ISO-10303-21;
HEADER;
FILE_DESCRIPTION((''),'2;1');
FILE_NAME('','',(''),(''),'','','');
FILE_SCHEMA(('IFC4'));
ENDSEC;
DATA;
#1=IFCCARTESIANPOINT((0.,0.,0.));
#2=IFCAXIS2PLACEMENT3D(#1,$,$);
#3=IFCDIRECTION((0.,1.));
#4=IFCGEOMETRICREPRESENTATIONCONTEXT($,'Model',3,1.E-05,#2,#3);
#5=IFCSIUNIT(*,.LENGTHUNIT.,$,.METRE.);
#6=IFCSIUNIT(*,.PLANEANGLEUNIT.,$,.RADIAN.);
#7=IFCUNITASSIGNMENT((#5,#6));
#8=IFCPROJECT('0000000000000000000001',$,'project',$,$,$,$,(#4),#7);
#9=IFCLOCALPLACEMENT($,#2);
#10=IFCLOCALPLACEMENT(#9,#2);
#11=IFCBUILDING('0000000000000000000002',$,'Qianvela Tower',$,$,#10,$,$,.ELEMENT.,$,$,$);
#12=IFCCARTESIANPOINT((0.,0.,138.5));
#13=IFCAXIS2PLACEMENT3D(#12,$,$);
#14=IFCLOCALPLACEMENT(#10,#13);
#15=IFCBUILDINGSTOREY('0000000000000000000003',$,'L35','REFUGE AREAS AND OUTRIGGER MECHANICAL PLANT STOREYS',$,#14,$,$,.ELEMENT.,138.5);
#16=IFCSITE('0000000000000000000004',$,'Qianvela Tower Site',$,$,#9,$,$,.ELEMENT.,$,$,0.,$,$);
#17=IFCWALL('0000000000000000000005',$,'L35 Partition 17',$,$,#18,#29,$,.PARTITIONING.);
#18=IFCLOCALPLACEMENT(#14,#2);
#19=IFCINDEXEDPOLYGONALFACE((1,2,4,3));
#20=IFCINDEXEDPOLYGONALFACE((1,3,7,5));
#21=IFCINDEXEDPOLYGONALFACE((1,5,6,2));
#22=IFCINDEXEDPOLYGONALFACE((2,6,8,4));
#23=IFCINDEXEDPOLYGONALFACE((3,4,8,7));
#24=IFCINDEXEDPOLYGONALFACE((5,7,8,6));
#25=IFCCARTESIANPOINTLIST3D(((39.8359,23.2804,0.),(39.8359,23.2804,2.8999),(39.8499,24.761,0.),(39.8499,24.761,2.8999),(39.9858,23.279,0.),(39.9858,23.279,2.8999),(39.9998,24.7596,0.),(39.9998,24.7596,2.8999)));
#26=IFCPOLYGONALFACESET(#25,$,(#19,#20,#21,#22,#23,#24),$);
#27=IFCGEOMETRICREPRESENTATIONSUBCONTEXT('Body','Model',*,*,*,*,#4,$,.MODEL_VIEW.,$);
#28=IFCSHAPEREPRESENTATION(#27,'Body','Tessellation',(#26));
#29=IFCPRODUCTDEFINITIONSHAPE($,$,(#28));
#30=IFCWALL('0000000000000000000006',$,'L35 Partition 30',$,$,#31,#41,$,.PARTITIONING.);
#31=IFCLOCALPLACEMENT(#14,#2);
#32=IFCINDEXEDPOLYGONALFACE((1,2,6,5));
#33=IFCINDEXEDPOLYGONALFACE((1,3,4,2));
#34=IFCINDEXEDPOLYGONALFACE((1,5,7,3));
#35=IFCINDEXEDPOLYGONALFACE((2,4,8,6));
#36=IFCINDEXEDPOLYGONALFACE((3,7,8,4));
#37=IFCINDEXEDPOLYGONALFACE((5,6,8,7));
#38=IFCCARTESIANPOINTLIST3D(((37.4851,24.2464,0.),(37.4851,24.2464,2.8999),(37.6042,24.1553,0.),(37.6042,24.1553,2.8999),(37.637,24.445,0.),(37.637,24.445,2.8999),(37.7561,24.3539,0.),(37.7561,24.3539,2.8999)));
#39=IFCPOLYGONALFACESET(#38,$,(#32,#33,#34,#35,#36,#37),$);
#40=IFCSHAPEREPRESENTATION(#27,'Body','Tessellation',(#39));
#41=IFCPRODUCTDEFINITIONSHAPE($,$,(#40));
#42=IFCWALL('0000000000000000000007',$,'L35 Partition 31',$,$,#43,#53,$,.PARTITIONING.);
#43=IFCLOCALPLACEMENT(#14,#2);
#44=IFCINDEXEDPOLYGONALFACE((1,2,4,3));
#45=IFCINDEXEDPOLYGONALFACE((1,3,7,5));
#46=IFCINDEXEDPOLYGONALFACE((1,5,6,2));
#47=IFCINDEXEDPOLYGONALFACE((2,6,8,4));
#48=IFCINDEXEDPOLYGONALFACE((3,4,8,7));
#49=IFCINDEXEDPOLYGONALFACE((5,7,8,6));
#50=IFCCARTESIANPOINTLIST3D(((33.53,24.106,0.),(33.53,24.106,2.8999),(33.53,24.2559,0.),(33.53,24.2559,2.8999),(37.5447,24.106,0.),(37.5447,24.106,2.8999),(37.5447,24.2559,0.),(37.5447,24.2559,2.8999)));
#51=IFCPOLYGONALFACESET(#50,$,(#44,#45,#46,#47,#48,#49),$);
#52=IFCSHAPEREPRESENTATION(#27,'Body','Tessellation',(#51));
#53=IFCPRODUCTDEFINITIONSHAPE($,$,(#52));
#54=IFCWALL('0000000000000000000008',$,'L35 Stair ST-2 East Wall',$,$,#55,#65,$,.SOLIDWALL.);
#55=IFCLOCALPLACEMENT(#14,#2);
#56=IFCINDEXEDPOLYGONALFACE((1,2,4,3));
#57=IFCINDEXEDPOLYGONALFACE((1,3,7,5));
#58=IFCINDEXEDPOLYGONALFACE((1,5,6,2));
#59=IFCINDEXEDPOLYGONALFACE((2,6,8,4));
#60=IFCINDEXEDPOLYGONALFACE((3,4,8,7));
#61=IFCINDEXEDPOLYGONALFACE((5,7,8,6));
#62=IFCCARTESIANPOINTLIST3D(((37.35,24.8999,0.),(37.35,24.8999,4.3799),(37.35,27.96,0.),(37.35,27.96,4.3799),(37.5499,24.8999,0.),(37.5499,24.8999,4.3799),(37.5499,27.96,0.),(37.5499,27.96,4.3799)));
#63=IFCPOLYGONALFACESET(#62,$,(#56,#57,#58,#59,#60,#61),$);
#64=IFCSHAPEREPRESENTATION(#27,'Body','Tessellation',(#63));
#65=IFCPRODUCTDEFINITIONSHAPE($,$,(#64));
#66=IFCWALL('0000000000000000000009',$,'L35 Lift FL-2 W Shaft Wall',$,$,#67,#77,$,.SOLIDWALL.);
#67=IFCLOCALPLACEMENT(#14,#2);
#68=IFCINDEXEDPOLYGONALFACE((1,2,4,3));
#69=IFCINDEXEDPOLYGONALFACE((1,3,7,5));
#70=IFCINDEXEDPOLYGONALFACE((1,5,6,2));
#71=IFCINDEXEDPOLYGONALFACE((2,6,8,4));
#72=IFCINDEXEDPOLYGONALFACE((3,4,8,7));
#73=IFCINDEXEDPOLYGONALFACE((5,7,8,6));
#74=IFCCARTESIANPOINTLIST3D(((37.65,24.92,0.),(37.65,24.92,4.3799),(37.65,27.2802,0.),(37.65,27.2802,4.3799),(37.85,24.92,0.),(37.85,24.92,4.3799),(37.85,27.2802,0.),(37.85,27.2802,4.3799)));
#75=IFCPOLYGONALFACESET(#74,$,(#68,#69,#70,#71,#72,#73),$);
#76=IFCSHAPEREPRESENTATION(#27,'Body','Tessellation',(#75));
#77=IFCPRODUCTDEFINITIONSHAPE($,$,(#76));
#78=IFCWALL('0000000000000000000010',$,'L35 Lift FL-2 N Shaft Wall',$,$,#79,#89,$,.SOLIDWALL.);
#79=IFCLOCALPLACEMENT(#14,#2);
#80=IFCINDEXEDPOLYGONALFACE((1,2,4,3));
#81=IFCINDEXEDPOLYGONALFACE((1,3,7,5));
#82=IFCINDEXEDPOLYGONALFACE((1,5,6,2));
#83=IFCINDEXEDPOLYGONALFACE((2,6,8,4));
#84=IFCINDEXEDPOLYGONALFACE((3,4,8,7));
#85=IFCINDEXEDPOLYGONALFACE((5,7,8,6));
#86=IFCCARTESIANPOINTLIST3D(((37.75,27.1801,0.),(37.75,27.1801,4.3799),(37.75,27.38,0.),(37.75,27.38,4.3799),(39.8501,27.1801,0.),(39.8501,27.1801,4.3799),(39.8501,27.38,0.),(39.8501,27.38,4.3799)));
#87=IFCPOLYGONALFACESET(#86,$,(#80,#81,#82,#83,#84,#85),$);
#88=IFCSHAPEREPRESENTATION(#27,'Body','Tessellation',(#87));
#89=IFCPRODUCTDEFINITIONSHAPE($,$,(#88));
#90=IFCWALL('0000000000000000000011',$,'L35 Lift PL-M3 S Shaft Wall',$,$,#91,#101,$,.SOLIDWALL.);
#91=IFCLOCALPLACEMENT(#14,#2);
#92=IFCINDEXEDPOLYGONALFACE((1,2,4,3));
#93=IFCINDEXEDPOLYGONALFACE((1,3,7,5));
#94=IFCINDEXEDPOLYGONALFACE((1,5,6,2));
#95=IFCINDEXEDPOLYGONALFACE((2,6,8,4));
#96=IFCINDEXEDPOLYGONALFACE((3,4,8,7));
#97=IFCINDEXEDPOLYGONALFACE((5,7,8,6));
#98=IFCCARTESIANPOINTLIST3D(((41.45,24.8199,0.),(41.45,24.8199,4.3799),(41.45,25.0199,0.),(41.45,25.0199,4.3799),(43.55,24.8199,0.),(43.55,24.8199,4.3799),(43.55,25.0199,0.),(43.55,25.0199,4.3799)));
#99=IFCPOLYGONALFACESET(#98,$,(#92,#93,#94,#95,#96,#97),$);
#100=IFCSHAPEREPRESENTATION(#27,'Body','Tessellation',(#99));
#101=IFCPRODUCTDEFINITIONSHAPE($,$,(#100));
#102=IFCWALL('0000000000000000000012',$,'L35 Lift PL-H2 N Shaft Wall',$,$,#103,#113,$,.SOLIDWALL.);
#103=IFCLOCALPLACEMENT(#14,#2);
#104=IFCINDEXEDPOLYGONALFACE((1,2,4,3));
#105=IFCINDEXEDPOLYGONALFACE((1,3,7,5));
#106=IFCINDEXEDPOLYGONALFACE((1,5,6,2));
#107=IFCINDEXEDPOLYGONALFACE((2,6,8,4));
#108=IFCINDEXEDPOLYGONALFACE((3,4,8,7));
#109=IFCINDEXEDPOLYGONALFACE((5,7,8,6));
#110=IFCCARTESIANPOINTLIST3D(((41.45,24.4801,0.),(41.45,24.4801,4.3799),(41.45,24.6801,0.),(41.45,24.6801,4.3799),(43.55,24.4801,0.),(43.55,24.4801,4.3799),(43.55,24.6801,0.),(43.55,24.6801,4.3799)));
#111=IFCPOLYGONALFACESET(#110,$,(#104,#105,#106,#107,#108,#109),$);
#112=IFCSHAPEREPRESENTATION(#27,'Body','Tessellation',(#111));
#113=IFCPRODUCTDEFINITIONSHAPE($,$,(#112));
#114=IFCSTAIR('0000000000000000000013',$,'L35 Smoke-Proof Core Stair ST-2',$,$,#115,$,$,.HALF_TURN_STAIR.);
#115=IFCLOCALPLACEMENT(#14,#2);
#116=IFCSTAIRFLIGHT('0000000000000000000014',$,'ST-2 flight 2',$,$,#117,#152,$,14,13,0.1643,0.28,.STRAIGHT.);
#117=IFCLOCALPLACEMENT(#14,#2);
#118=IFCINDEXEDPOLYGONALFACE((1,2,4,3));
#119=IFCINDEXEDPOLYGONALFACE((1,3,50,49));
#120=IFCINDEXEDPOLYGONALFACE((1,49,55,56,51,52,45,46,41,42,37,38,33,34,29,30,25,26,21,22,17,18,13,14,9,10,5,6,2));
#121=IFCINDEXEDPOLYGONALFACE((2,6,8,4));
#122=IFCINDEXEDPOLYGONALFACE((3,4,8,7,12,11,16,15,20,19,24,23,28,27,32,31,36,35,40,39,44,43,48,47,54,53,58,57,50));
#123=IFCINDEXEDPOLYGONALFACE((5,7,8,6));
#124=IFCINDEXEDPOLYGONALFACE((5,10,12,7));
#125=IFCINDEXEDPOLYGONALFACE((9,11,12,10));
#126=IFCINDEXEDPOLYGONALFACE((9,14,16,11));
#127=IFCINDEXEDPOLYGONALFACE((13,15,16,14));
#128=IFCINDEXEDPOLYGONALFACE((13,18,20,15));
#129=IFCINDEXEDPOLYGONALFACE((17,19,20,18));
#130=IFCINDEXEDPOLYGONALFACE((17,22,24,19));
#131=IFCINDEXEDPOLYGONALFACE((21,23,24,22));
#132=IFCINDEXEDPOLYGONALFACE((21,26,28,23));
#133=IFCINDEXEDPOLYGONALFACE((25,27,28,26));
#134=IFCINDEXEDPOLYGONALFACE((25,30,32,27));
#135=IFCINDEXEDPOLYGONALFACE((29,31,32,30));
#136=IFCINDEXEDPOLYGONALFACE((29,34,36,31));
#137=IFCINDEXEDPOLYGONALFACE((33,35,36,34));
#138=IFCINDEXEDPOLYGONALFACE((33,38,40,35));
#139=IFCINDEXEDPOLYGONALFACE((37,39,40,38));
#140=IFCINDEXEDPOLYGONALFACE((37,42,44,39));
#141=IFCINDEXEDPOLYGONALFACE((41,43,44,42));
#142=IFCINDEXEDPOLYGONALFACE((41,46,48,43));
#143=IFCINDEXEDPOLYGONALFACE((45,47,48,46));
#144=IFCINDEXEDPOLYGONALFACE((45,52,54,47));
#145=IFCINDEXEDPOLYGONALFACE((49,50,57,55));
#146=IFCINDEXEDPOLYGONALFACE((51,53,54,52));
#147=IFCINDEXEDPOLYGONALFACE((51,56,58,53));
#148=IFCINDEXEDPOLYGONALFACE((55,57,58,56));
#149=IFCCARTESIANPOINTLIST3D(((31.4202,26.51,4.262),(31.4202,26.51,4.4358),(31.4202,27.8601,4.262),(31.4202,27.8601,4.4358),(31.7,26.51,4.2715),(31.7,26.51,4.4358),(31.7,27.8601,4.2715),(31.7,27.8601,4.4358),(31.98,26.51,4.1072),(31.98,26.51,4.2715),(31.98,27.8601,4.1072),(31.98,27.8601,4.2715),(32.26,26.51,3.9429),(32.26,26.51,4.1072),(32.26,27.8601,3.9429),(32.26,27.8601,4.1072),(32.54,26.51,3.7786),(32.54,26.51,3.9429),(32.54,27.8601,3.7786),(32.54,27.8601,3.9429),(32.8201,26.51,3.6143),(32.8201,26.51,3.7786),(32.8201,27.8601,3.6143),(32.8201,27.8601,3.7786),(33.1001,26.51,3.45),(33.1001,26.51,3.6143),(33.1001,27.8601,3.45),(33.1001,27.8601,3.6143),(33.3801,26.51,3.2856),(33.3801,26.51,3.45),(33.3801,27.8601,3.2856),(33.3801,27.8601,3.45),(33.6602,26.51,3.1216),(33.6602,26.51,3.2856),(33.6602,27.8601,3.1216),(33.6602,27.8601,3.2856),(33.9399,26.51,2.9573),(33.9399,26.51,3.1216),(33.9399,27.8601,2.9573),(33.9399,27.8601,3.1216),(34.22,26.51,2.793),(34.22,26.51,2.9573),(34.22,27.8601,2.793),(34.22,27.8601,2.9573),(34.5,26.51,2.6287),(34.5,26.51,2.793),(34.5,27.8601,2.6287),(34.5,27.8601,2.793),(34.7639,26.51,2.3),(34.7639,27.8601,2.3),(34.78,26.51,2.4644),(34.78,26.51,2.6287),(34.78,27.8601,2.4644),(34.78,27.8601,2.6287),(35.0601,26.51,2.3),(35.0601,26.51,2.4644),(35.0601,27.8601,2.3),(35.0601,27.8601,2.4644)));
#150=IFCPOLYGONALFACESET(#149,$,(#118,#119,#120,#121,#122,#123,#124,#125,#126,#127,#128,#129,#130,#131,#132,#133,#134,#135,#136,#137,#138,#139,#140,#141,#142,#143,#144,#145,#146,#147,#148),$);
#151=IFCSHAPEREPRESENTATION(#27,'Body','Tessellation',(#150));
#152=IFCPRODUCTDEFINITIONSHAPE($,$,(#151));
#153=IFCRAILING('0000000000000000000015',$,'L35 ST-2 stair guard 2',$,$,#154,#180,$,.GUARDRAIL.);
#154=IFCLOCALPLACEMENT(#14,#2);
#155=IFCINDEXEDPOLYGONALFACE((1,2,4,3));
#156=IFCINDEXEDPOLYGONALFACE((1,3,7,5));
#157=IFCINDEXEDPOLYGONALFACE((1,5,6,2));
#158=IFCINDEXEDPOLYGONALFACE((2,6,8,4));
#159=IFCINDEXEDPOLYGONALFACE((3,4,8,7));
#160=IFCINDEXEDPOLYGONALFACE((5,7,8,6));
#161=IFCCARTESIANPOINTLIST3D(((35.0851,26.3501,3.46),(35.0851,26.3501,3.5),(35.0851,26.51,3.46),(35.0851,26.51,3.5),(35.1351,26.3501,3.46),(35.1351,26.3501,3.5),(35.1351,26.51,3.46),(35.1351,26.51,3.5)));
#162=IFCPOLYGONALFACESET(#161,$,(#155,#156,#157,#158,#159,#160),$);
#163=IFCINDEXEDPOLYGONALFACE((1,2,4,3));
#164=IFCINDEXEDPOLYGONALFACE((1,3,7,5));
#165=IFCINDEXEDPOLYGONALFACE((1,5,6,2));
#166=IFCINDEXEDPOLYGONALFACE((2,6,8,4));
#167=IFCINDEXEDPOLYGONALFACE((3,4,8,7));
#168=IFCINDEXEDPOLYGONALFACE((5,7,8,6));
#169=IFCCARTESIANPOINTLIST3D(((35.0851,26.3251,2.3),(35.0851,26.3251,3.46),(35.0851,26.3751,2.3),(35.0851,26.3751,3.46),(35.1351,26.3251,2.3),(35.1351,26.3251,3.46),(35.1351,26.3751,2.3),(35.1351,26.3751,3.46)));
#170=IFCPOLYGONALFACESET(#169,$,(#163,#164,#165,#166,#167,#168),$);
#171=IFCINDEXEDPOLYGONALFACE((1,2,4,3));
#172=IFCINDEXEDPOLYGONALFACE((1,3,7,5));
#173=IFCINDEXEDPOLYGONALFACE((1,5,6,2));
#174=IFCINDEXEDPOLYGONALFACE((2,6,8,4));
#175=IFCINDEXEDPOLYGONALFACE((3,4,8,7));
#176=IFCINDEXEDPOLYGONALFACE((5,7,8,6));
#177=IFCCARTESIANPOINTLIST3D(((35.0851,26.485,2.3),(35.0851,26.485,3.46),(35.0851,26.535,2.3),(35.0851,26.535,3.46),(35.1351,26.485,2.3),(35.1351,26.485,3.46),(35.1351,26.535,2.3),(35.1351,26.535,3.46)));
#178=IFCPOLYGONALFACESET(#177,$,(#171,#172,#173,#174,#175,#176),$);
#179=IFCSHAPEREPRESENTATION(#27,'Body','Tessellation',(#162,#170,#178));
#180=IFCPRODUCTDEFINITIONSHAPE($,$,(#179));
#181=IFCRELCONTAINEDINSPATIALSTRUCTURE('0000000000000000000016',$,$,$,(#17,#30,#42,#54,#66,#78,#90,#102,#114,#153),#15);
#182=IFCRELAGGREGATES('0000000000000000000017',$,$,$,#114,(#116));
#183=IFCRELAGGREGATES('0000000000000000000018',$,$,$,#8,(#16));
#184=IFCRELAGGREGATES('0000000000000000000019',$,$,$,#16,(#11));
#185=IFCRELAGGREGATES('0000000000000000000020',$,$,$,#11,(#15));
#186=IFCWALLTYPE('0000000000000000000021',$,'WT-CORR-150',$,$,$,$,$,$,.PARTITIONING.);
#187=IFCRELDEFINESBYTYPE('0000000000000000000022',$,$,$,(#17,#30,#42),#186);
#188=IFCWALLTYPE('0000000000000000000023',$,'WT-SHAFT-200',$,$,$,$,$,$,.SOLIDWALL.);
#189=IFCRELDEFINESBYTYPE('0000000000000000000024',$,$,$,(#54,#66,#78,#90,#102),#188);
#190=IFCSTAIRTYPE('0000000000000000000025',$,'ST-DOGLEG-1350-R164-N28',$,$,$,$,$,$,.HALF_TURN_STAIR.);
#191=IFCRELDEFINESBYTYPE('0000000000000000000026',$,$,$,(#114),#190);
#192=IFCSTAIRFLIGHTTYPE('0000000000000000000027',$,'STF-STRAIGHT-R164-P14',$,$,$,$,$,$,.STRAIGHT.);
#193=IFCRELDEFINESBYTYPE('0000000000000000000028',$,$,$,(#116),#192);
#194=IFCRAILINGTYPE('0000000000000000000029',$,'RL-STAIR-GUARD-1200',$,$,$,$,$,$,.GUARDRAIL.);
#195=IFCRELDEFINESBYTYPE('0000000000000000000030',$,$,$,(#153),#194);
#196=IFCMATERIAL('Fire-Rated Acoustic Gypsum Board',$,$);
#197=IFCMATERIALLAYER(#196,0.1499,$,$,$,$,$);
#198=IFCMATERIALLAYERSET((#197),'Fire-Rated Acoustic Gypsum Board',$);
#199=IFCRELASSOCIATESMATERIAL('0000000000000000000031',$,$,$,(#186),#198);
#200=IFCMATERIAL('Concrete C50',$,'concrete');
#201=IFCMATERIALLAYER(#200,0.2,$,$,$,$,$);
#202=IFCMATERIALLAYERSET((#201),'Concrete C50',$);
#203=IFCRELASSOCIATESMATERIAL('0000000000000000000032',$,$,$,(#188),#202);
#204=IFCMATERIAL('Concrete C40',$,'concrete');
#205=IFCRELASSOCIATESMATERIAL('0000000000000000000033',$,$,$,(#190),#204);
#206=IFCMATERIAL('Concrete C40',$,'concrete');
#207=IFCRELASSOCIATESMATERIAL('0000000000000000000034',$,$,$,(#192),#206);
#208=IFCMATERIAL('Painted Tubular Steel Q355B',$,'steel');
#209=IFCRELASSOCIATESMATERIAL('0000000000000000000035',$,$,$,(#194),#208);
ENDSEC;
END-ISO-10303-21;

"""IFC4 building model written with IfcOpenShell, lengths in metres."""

from ifc_helpers import new_model, si_unit, direction, frame, frame_2d, origin, origin_2d, place, context, subcontext, project, spatial, polyline, rectangle, outline, extrude, material, layer, layer_set, type_object, element, aggregate, save


model = new_model("IFC4")

# Units and contexts
model_context = context("Model", 3, precision=1e-05, world=origin(), true_north=direction((0.0, 1.0)))
body_context = subcontext(model_context, "Body", "Model", "MODEL_VIEW")
ifc_project = project(units=[si_unit("LENGTHUNIT", "METRE"), si_unit("PLANEANGLEUNIT", "RADIAN")], contexts=[model_context])

# Site, building, storey
site_placement = place(None, origin())
site = spatial("IfcSite", under=ifc_project, at=site_placement, Name="Qianvela Tower Site", CompositionType="ELEMENT", RefElevation=0.0)
building_placement = place(site_placement, origin())
building = spatial("IfcBuilding", under=site, at=building_placement, Name="Qianvela Tower", CompositionType="ELEMENT")
storey_placement = place(building_placement, frame((0.0, 0.0, 138.5)))
storey = spatial("IfcBuildingStorey", under=building, at=storey_placement, Name="L35", Description="REFUGE AREAS AND OUTRIGGER MECHANICAL PLANT STOREYS", CompositionType="ELEMENT", Elevation=138.5)

# Walls
ifc_material_1 = material(Name="Fire-Rated Acoustic Gypsum Board")
ifc_layer_1 = layer(ifc_material_1, 0.1499)
ifc_layer_set_1 = layer_set([ifc_layer_1], Name="Fire-Rated Acoustic Gypsum Board")
wall_type_1 = type_object("IfcWallType", Name="WT-CORR-150", PredefinedType="PARTITIONING", material=ifc_layer_set_1)
wall_1_placement = place(storey_placement, frame((39.9109, 23.2798, 0.0), z_axis=(0.0, 0.0, 1.0), x_axis=(0.009398, 0.999956, 0.0)))
element("IfcWall", 1, at=wall_1_placement, inside=storey, type_object=wall_type_1, Name="L35 Partition 17", PredefinedType="PARTITIONING", context=body_context, shape_type="SweptSolid", body=[
    extrude(rectangle(XDim=1.4807, YDim=0.1499, at=frame_2d((0.7402, 0.0))), origin(), (0.0, 0.0, 1.0), 2.8999),
])
wall_2_placement = place(storey_placement, frame((37.6965, 24.3994, 0.0), z_axis=(0.0, 0.0, 1.0), x_axis=(-0.607631, -0.794219, 0.0)))
element("IfcWall", 2, at=wall_2_placement, inside=storey, type_object=wall_type_1, Name="L35 Partition 30", PredefinedType="PARTITIONING", context=body_context, shape_type="SweptSolid", body=[
    extrude(rectangle(XDim=0.25, YDim=0.1499, at=frame_2d((0.125, 0.0))), origin(), (0.0, 0.0, 1.0), 2.8999),
])
wall_3_placement = place(storey_placement, frame((37.5447, 24.1809, 0.0), z_axis=(0.0, 0.0, 1.0), x_axis=(-1.0, 0.0, 0.0)))
element("IfcWall", 3, at=wall_3_placement, inside=storey, type_object=wall_type_1, Name="L35 Partition 31", PredefinedType="PARTITIONING", context=body_context, shape_type="SweptSolid", body=[
    extrude(rectangle(XDim=4.0146, YDim=0.1499, at=frame_2d((2.0073, 0.0))), origin(), (0.0, 0.0, 1.0), 2.8999),
])
ifc_material_2 = material(Name="Concrete C50", Category="concrete")
ifc_layer_2 = layer(ifc_material_2, 0.2)
ifc_layer_set_2 = layer_set([ifc_layer_2], Name="Concrete C50")
wall_type_2 = type_object("IfcWallType", Name="WT-SHAFT-200", PredefinedType="SOLIDWALL", material=ifc_layer_set_2)
wall_4_placement = place(storey_placement, frame((37.45, 24.8999, 0.0), z_axis=(0.0, 0.0, 1.0), x_axis=(0.0, 1.0, 0.0)))
element("IfcWall", 4, at=wall_4_placement, inside=storey, type_object=wall_type_2, Name="L35 Stair ST-2 East Wall", PredefinedType="SOLIDWALL", context=body_context, shape_type="SweptSolid", body=[
    extrude(rectangle(XDim=3.0601, YDim=0.2, at=frame_2d((1.53, 0.0))), origin(), (0.0, 0.0, 1.0), 4.3799),
])

# Walls
wall_5_placement = place(storey_placement, frame((37.75, 24.9199, 0.0), z_axis=(0.0, 0.0, 1.0), x_axis=(0.0, 1.0, 0.0)))
element("IfcWall", 5, at=wall_5_placement, inside=storey, type_object=wall_type_2, Name="L35 Lift FL-2 W Shaft Wall", PredefinedType="SOLIDWALL", context=body_context, shape_type="SweptSolid", body=[
    extrude(rectangle(XDim=2.3601, YDim=0.2, at=frame_2d((1.1802, 0.0))), origin(), (0.0, 0.0, 1.0), 4.3799),
])
wall_6_placement = place(storey_placement, frame((37.75, 27.28, 0.0), z_axis=(0.0, 0.0, 1.0), x_axis=(1.0, 0.0, 0.0)))
element("IfcWall", 6, at=wall_6_placement, inside=storey, type_object=wall_type_2, Name="L35 Lift FL-2 N Shaft Wall", PredefinedType="SOLIDWALL", context=body_context, shape_type="SweptSolid", body=[
    extrude(rectangle(XDim=2.1001, YDim=0.2, at=frame_2d((1.05, 0.0))), origin(), (0.0, 0.0, 1.0), 4.3799),
])

# Walls
for number, where, z_axis, x_axis, name in (
    (7, (41.45, 24.9199, 0.0), (0.0, 0.0, 1.0), (1.0, 0.0, 0.0), "L35 Lift PL-M3 S Shaft Wall"),
    (8, (41.45, 24.5801, 0.0), (0.0, 0.0, 1.0), (1.0, 0.0, 0.0), "L35 Lift PL-H2 N Shaft Wall"),
):
    element("IfcWall", number, at=place(storey_placement, frame(where, z_axis=z_axis, x_axis=x_axis)), inside=storey, type_object=wall_type_2, Name=name, PredefinedType="SOLIDWALL", context=body_context, shape_type="SweptSolid", body=[
        extrude(rectangle(XDim=2.1001, YDim=0.2, at=frame_2d((1.05, 0.0))), origin(), (0.0, 0.0, 1.0), 4.3799),
    ])

# Stair, stair flight
ifc_material_3 = material(Name="Concrete C40", Category="concrete")
stair_type = type_object("IfcStairType", Name="ST-DOGLEG-1350-R164-N28", PredefinedType="HALF_TURN_STAIR", material=ifc_material_3)
stair_placement = place(storey_placement, origin())
stair = element("IfcStair", 9, at=stair_placement, inside=storey, type_object=stair_type, Name="L35 Smoke-Proof Core Stair ST-2", PredefinedType="HALF_TURN_STAIR")
ifc_material_4 = material(Name="Concrete C40", Category="concrete")
stair_flight_type = type_object("IfcStairFlightType", Name="STF-STRAIGHT-R164-P14", PredefinedType="STRAIGHT", material=ifc_material_4)
stair_flight_placement = place(storey_placement, frame((35.0601, 27.1851, 2.3), z_axis=(0.0, 0.0, 1.0), x_axis=(-1.0, 0.0, 0.0)))
stair_flight = element("IfcStairFlight", 10, at=stair_flight_placement, type_object=stair_flight_type, Name="ST-2 flight 2", NumberOfRisers=14, NumberOfTreads=13, PredefinedType="STRAIGHT", RiserHeight=0.1643, TreadLength=0.28, context=body_context, shape_type="SweptSolid", body=[
    extrude(outline(polyline([(0.0, 0.0), (0.0, 0.1643), (0.28, 0.1643), (0.28, 0.3286), (0.5601, 0.3286), (0.5601, 0.4929), (0.8401, 0.4929), (0.8401, 0.6572), (1.1201, 0.6572), (1.1201, 0.8215), (1.3999, 0.8215), (1.3999, 0.9856), (1.6799, 0.9856), (1.6799, 1.1499), (1.96, 1.1499), (1.96, 1.3142), (2.24, 1.3142), (2.24, 1.4785), (2.52, 1.4785), (2.52, 1.6428), (2.8, 1.6428), (2.8, 1.8071), (3.0801, 1.8071), (3.0801, 1.9714), (3.3601, 1.9714), (3.3601, 2.1357), (3.6399, 2.1357), (3.6399, 2.3), (3.6399, 1.9619), (0.2961, 0.0), (0.0, 0.0)])), frame((0.0, 0.675, 0.0), z_axis=(0.0, -1.0, 0.0), x_axis=(1.0, 0.0, 0.0)), (0.0, 0.0, 1.0), 1.3501),
])
aggregate(stair, [stair_flight])

# Railing
ifc_material_5 = material(Name="Painted Tubular Steel Q355B", Category="steel")
railing_type = type_object("IfcRailingType", Name="RL-STAIR-GUARD-1200", PredefinedType="GUARDRAIL", material=ifc_material_5)
railing_1_placement = place(storey_placement, frame((35.1101, 26.3501, 2.3)))
element("IfcRailing", 11, at=railing_1_placement, inside=storey, type_object=railing_type, Name="L35 ST-2 stair guard 2", PredefinedType="GUARDRAIL", context=body_context, shape_type="SweptSolid", body=[
    extrude(rectangle(XDim=0.05, YDim=0.04, at=origin_2d()), frame((0.0, 0.0, 1.1799), z_axis=(0.0, 1.0, 0.0), x_axis=(-1.0, 0.0, 0.0)), (0.0, 0.0, 1.0), 0.1599),
    extrude(rectangle(XDim=0.05, YDim=0.05, at=origin_2d()), origin(), (0.0, 0.0, 1.0), 1.1599),
    extrude(rectangle(XDim=0.05, YDim=0.05, at=origin_2d()), frame((0.0, 0.1599, 0.0)), (0.0, 0.0, 1.0), 1.1599),
])

save(model, "model.ifc")
